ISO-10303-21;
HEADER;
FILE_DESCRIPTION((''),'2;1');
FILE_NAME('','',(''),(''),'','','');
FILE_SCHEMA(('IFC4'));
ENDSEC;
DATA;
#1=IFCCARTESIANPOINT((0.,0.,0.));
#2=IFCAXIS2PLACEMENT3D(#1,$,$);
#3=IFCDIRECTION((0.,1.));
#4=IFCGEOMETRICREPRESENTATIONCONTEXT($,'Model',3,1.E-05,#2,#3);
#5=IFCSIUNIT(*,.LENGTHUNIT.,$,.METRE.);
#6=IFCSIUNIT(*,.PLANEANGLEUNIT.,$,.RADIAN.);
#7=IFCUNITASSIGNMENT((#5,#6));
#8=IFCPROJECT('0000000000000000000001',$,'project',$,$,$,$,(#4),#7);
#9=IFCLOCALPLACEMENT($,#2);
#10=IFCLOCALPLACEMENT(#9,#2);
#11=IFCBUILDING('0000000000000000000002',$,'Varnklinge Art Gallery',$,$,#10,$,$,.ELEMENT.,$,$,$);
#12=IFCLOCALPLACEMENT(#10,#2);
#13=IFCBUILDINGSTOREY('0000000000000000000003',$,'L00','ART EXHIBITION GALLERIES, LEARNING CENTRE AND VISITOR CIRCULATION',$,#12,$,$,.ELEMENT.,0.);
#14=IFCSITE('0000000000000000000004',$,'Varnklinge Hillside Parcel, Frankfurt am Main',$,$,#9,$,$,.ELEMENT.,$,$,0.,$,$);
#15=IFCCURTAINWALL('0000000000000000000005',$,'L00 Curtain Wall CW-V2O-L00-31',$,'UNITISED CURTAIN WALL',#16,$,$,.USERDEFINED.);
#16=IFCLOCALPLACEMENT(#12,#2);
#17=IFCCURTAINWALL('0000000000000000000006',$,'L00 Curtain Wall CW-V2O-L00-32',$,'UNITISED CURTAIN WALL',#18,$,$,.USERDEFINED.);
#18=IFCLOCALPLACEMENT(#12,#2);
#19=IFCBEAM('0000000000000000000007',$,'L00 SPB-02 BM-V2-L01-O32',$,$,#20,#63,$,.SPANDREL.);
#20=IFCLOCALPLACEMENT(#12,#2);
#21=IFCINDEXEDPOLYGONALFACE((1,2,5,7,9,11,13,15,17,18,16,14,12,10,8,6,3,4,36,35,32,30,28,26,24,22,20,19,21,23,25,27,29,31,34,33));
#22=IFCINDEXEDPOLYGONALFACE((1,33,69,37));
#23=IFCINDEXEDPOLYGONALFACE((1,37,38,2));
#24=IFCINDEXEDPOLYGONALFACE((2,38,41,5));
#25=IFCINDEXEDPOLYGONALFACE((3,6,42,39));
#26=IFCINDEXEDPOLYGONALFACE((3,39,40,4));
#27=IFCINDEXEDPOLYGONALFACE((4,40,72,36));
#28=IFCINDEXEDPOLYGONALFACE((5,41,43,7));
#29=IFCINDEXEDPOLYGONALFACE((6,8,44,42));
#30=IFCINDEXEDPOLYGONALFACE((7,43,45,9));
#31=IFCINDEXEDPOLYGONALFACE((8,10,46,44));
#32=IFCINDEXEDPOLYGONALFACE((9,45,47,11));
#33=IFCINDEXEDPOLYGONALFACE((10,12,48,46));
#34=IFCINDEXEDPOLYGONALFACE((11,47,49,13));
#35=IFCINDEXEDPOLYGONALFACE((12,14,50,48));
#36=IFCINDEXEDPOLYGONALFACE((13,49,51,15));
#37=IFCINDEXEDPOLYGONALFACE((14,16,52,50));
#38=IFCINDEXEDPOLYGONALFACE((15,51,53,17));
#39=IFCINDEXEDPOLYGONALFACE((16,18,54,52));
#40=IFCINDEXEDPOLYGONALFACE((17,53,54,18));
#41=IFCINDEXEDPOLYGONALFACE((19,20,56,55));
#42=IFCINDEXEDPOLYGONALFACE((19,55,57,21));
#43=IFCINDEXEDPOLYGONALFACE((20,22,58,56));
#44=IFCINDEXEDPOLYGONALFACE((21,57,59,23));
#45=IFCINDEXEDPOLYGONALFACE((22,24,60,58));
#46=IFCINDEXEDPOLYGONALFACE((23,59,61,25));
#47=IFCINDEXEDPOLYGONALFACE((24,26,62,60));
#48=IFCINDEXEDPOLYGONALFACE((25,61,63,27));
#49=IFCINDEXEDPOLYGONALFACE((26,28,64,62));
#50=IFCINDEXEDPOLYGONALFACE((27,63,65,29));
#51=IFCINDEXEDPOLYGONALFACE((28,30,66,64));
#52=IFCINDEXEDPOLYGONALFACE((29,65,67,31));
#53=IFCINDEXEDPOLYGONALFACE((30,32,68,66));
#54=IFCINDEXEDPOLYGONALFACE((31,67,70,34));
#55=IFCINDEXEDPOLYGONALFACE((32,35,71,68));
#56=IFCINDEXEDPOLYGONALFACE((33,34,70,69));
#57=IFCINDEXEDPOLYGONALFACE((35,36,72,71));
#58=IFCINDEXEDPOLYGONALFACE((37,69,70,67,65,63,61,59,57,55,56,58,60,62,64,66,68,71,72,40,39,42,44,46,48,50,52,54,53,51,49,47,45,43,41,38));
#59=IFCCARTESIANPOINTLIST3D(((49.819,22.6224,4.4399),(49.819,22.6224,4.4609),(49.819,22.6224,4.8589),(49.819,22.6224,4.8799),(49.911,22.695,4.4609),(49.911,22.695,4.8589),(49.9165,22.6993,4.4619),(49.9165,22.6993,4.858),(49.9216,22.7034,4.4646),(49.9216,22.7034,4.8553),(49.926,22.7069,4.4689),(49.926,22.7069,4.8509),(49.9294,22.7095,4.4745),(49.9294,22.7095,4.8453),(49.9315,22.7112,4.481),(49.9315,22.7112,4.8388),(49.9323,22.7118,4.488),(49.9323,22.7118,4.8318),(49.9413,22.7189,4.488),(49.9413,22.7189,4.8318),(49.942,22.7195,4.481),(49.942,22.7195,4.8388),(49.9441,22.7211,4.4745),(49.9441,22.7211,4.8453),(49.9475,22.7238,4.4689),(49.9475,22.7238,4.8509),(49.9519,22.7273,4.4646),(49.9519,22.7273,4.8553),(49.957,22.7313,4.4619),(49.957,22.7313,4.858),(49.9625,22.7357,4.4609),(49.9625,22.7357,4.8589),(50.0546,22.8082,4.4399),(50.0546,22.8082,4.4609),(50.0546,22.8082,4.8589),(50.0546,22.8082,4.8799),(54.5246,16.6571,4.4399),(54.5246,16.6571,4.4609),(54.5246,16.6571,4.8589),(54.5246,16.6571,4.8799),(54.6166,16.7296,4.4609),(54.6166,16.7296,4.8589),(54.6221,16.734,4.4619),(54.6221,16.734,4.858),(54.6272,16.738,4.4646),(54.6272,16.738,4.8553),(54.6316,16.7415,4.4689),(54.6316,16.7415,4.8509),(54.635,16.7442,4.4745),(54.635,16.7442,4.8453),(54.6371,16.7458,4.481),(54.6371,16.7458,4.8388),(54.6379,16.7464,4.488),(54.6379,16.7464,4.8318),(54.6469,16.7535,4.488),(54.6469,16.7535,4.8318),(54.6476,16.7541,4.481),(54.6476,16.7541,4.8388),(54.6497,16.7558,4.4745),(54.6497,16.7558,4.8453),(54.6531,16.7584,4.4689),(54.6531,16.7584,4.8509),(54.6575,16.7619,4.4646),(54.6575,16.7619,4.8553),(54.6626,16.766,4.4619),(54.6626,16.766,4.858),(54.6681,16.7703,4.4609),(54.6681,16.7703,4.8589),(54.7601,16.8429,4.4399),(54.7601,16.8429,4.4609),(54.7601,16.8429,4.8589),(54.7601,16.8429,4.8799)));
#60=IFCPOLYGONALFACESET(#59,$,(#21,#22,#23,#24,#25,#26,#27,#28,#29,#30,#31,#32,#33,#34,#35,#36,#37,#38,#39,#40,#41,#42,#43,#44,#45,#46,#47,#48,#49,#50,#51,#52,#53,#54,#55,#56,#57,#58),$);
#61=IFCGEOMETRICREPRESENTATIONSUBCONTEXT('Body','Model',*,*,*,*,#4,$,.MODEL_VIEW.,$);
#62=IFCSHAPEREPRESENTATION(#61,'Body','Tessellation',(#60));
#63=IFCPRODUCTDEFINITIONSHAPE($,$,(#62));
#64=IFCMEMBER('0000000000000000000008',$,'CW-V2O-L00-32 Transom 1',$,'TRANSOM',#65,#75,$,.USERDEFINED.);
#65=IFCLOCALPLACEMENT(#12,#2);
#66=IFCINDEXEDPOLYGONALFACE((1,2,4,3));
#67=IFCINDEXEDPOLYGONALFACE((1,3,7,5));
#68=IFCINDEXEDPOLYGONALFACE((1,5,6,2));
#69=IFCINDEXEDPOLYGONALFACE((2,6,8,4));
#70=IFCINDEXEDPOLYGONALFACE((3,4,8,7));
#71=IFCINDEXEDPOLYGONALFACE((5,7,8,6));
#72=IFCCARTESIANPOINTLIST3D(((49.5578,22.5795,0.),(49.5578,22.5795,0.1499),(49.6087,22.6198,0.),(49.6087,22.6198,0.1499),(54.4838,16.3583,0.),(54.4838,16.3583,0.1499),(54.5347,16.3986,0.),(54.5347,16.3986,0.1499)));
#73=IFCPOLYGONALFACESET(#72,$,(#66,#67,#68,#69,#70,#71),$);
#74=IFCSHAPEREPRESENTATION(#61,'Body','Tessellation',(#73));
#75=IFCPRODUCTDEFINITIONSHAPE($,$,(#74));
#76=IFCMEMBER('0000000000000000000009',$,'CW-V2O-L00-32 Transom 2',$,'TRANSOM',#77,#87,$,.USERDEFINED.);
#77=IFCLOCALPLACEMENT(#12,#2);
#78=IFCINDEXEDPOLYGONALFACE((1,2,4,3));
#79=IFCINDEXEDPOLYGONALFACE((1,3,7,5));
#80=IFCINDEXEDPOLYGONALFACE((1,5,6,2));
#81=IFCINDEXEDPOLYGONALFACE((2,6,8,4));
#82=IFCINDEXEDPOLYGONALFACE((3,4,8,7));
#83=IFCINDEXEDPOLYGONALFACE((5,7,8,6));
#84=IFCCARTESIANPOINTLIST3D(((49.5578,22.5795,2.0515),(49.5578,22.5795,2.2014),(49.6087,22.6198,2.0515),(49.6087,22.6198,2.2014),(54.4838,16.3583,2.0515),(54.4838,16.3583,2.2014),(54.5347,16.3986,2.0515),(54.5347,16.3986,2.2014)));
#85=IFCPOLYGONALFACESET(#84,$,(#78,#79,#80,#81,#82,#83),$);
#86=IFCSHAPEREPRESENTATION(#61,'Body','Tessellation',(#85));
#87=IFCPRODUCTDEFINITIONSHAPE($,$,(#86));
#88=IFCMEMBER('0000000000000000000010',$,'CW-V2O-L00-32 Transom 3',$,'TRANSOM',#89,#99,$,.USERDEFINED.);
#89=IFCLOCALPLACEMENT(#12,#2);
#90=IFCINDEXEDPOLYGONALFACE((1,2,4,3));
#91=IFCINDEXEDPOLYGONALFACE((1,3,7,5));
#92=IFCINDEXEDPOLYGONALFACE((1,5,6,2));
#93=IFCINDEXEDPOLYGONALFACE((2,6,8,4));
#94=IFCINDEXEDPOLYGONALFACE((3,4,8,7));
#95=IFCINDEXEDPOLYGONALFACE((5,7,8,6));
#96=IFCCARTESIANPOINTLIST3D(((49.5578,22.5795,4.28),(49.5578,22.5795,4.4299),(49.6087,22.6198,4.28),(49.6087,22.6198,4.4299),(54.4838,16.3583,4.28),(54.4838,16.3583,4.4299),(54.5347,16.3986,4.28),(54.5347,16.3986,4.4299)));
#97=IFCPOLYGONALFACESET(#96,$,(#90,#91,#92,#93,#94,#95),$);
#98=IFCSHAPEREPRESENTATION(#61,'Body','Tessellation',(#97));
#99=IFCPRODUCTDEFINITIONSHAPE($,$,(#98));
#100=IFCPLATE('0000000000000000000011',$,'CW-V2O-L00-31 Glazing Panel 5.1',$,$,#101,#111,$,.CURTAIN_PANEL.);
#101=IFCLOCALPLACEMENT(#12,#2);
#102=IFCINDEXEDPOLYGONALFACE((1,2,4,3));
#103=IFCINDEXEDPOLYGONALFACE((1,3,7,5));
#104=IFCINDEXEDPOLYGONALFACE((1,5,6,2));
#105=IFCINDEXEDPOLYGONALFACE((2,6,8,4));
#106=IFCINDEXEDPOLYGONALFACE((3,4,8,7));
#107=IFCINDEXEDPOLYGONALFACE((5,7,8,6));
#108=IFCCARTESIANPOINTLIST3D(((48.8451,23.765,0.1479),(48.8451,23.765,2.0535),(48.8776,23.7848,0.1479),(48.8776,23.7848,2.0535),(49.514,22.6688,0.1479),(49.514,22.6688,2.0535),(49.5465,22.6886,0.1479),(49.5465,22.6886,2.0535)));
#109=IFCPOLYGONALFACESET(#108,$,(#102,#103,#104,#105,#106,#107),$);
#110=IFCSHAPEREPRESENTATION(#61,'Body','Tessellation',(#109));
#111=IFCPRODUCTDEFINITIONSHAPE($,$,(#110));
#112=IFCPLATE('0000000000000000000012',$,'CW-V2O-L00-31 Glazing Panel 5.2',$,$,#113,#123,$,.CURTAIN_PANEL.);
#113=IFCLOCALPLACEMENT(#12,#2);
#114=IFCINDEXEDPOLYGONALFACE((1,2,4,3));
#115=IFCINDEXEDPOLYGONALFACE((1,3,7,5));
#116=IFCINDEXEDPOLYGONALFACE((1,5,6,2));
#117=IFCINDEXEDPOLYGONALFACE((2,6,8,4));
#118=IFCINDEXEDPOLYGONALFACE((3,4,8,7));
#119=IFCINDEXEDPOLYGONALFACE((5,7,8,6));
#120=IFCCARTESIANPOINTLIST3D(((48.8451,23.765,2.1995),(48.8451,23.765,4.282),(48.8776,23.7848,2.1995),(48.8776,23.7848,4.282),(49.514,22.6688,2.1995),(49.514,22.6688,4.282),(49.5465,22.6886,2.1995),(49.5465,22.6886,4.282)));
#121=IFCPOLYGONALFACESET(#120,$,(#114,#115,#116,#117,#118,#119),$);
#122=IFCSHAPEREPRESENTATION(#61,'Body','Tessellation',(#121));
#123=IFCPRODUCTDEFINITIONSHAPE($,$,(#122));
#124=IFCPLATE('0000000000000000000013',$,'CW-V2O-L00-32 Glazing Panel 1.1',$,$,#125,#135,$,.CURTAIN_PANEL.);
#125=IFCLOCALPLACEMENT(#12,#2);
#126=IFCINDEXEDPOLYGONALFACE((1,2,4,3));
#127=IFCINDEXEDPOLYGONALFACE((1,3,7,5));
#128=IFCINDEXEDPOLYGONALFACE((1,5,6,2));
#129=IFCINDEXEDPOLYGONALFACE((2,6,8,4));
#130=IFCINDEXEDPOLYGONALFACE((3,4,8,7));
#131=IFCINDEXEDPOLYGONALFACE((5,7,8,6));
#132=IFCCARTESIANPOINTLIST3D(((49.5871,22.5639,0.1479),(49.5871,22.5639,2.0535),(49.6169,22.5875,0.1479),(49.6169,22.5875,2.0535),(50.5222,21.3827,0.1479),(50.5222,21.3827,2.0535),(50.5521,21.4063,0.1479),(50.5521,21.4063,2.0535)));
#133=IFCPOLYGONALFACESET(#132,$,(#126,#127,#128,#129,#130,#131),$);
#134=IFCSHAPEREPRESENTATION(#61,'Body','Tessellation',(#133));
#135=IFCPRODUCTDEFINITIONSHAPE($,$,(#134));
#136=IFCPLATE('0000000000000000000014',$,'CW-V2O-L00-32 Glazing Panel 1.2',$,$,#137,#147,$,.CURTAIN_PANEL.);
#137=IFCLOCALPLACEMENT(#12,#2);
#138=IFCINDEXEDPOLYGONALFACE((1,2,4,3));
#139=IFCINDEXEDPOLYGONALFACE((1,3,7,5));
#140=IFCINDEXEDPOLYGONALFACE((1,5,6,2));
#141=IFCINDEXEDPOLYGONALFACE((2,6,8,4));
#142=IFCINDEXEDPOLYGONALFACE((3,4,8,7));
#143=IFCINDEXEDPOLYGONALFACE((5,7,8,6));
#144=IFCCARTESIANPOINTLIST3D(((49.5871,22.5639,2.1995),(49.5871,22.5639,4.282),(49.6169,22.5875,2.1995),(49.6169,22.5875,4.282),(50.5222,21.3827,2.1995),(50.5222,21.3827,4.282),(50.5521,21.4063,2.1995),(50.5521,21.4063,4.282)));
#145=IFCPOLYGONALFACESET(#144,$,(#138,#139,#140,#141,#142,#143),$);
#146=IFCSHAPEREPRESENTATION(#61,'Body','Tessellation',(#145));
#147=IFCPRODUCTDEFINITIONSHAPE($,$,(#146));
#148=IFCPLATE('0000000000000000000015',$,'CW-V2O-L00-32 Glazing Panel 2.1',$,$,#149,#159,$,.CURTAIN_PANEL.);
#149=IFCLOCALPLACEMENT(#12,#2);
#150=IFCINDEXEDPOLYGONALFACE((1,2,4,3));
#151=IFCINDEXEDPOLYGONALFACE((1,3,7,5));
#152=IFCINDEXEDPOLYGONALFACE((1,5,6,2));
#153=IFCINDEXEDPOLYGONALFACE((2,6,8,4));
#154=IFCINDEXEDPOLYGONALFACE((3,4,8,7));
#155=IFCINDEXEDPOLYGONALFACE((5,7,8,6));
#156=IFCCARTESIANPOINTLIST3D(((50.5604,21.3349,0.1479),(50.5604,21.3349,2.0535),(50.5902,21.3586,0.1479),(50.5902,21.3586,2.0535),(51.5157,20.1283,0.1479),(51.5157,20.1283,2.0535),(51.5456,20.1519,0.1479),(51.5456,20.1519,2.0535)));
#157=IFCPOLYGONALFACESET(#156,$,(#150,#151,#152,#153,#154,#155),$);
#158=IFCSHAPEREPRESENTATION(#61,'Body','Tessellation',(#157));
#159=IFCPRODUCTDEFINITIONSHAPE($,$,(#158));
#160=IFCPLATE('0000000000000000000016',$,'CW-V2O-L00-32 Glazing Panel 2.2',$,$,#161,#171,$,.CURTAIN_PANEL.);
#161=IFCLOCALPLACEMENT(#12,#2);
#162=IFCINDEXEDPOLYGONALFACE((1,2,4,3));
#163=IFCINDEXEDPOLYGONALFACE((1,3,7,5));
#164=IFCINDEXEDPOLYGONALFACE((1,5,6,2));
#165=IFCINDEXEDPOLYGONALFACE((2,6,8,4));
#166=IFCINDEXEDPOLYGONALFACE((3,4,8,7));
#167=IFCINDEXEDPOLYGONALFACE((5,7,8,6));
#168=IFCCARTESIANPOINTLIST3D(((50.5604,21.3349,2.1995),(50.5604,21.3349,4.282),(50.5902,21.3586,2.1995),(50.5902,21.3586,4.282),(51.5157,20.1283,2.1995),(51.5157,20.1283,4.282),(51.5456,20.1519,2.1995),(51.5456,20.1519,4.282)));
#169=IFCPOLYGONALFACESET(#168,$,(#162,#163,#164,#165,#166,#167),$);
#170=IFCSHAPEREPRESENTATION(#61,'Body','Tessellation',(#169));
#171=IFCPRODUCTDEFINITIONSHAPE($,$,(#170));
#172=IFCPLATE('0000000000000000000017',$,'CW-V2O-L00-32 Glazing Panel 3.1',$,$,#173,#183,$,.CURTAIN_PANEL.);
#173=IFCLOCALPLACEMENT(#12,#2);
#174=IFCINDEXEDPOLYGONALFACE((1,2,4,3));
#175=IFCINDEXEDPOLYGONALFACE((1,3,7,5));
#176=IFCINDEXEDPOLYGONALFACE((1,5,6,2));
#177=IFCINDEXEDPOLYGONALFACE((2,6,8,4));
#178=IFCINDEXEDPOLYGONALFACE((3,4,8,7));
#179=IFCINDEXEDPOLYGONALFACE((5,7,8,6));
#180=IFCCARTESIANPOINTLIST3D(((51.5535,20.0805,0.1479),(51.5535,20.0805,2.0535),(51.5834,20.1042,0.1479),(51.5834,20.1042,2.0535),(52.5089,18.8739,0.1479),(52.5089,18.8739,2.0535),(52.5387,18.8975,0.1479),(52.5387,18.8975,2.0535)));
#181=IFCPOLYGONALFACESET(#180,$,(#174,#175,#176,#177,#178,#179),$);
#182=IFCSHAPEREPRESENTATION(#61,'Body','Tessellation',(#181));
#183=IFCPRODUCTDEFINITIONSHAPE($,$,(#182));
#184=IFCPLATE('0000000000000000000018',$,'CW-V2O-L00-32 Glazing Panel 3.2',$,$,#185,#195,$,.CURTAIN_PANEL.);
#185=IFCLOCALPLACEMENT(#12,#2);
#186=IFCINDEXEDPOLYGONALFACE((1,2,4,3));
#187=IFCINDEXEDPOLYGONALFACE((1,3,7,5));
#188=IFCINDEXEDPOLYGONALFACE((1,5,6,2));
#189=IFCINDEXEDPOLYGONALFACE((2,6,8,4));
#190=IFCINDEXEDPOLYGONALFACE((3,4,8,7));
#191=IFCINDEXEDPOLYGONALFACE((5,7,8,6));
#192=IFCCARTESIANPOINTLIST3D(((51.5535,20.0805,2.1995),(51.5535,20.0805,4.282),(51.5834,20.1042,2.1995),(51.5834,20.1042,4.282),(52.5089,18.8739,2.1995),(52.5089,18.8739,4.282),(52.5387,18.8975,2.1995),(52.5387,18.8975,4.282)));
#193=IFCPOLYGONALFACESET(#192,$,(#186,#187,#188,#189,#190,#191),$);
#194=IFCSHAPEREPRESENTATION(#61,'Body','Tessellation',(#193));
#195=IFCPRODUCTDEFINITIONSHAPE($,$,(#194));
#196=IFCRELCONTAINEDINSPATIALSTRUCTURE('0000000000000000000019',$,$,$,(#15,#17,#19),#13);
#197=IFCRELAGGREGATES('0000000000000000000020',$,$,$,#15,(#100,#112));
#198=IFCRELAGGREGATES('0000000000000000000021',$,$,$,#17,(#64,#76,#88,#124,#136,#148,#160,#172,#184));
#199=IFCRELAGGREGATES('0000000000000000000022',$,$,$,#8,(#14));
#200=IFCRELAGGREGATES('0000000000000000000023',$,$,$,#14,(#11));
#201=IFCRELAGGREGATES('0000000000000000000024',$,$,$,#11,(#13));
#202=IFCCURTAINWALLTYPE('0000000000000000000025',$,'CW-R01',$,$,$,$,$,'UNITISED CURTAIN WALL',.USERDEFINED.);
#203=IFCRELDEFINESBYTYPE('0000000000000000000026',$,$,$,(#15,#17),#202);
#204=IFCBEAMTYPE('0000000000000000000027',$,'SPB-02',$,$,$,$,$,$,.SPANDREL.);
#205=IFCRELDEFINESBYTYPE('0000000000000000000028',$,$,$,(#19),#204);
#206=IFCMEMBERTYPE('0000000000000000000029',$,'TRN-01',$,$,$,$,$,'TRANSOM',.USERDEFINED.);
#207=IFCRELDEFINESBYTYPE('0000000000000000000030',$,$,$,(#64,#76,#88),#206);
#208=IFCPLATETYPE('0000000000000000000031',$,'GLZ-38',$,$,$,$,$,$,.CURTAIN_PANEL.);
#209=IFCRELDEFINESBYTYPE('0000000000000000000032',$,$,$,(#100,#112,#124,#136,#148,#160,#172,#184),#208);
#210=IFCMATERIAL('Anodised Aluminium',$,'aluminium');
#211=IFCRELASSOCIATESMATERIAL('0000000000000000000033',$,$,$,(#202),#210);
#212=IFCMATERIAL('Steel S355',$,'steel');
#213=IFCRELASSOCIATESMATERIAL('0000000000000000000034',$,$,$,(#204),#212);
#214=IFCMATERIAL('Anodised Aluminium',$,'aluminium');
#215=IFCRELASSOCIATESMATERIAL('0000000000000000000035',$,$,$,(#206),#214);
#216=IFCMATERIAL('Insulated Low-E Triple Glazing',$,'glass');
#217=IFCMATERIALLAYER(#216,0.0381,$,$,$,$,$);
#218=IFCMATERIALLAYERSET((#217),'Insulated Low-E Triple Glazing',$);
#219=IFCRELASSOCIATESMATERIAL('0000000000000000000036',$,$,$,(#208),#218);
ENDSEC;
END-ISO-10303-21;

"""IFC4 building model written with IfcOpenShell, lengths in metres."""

from ifc_helpers import new_model, si_unit, direction, frame, origin, origin_2d, place, context, subcontext, project, spatial, rectangle, i_section, extrude, material, layer, layer_set, material_profile, profile_set, type_object, element, aggregate, save


model = new_model("IFC4")

# Units and contexts
model_context = context("Model", 3, precision=1e-05, world=origin(), true_north=direction((0.0, 1.0)))
body_context = subcontext(model_context, "Body", "Model", "MODEL_VIEW")
ifc_project = project(units=[si_unit("LENGTHUNIT", "METRE"), si_unit("PLANEANGLEUNIT", "RADIAN")], contexts=[model_context])

# Site, building, storey
site_placement = place(None, origin())
site = spatial("IfcSite", under=ifc_project, at=site_placement, Name="Varnklinge Hillside Parcel, Frankfurt am Main", CompositionType="ELEMENT", RefElevation=0.0)
building_placement = place(site_placement, origin())
building = spatial("IfcBuilding", under=site, at=building_placement, Name="Varnklinge Art Gallery", CompositionType="ELEMENT")
storey_placement = place(building_placement, origin())
storey = spatial("IfcBuildingStorey", under=building, at=storey_placement, Name="L00", Description="ART EXHIBITION GALLERIES, LEARNING CENTRE AND VISITOR CIRCULATION", CompositionType="ELEMENT", Elevation=0.0)

# Curtain wall
ifc_material_1 = material(Name="Anodised Aluminium", Category="aluminium")
curtain_wall_type = type_object("IfcCurtainWallType", Name="CW-R01", ElementType="UNITISED CURTAIN WALL", PredefinedType="USERDEFINED", material=ifc_material_1)
curtain_wall_1_placement = place(storey_placement, origin())
curtain_wall_1 = element("IfcCurtainWall", 1, at=curtain_wall_1_placement, inside=storey, type_object=curtain_wall_type, Name="L00 Curtain Wall CW-V2O-L00-31", ObjectType="UNITISED CURTAIN WALL", PredefinedType="USERDEFINED")

# Curtain wall
curtain_wall_2_placement = place(storey_placement, origin())
curtain_wall_2 = element("IfcCurtainWall", 2, at=curtain_wall_2_placement, inside=storey, type_object=curtain_wall_type, Name="L00 Curtain Wall CW-V2O-L00-32", ObjectType="UNITISED CURTAIN WALL", PredefinedType="USERDEFINED")

# Beam
ifc_material_2 = material(Name="Steel S355", Category="steel")
ifc_material_profile_1 = material_profile(ifc_material_2, i_section(OverallWidth=0.3, OverallDepth=0.4399, WebThickness=0.0115, FlangeThickness=0.021, FilletRadius=0.0271, at=origin_2d()), Name="HEA 450")
ifc_profile_set_1 = profile_set([ifc_material_profile_1], Name="Steel S355")
beam_type_1 = type_object("IfcBeamType", Name="SPB-02", PredefinedType="SPANDREL", material=ifc_profile_set_1)
beam_1_placement = place(storey_placement, frame((49.9368, 22.7153, 4.6599), z_axis=(0.619328, -0.785133, 0.0), x_axis=(0.785133, 0.619328, 0.0)))
element("IfcBeam", 3, at=beam_1_placement, inside=storey, type_object=beam_type_1, Name="L00 SPB-02 BM-V2-L01-O32", PredefinedType="SPANDREL", context=body_context, shape_type="SweptSolid", body=[
    extrude(i_section(OverallWidth=0.3, OverallDepth=0.4399, WebThickness=0.0115, FlangeThickness=0.021, FilletRadius=0.0271, at=origin_2d()), origin(), (0.0, 0.0, 1.0), 7.5979),
])

# Members
ifc_material_3 = material(Name="Anodised Aluminium", Category="aluminium")
ifc_material_profile_2 = material_profile(ifc_material_3, rectangle(XDim=0.0649, YDim=0.1499, at=origin_2d()), Name="ALU 65x150")
ifc_profile_set_2 = profile_set([ifc_material_profile_2], Name="Anodised Aluminium")
member_type_1 = type_object("IfcMemberType", Name="TRN-01", ElementType="TRANSOM", PredefinedType="USERDEFINED", material=ifc_profile_set_2)
member_1_placement = place(storey_placement, frame((49.5833, 22.5996, 0.075), z_axis=(0.620774, -0.78399, 0.0), x_axis=(0.78399, 0.620774, 0.0)))
member_1 = element("IfcMember", 4, at=member_1_placement, type_object=member_type_1, Name="CW-V2O-L00-32 Transom 1", ObjectType="TRANSOM", PredefinedType="USERDEFINED", context=body_context, shape_type="SweptSolid", body=[
    extrude(rectangle(XDim=0.0649, YDim=0.1499, at=origin_2d()), origin(), (0.0, 0.0, 1.0), 7.9353),
])
member_2_placement = place(storey_placement, frame((49.5833, 22.5996, 2.1265), z_axis=(0.620774, -0.78399, 0.0), x_axis=(0.78399, 0.620774, 0.0)))
member_2 = element("IfcMember", 5, at=member_2_placement, type_object=member_type_1, Name="CW-V2O-L00-32 Transom 2", ObjectType="TRANSOM", PredefinedType="USERDEFINED", context=body_context, shape_type="SweptSolid", body=[
    extrude(rectangle(XDim=0.0649, YDim=0.1499, at=origin_2d()), origin(), (0.0, 0.0, 1.0), 7.9353),
])
member_3_placement = place(storey_placement, frame((49.5833, 22.5996, 4.355), z_axis=(0.620774, -0.78399, 0.0), x_axis=(0.78399, 0.620774, 0.0)))
member_3 = element("IfcMember", 6, at=member_3_placement, type_object=member_type_1, Name="CW-V2O-L00-32 Transom 3", ObjectType="TRANSOM", PredefinedType="USERDEFINED", context=body_context, shape_type="SweptSolid", body=[
    extrude(rectangle(XDim=0.0649, YDim=0.1499, at=origin_2d()), origin(), (0.0, 0.0, 1.0), 7.9353),
])

# Plates
ifc_material_4 = material(Name="Insulated Low-E Triple Glazing", Category="glass")
ifc_layer_1 = layer(ifc_material_4, 0.0381)
ifc_layer_set_1 = layer_set([ifc_layer_1], Name="Insulated Low-E Triple Glazing")
plate_type = type_object("IfcPlateType", Name="GLZ-38", PredefinedType="CURTAIN_PANEL", material=ifc_layer_set_1)
plate_1_placement = place(storey_placement, frame((49.1958, 23.2268, 0.1479), z_axis=(0.0, 0.0, 1.0), x_axis=(0.520861, -0.853642, 0.0)))
plate_1 = element("IfcPlate", 7, at=plate_1_placement, type_object=plate_type, Name="CW-V2O-L00-31 Glazing Panel 5.1", PredefinedType="CURTAIN_PANEL", context=body_context, shape_type="SweptSolid", body=[
    extrude(rectangle(XDim=1.2842, YDim=0.0381, at=origin_2d()), origin(), (0.0, 0.0, 1.0), 1.9055),
])
plate_2_placement = place(storey_placement, frame((49.1958, 23.2268, 2.1995), z_axis=(0.0, 0.0, 1.0), x_axis=(0.520861, -0.853642, 0.0)))
plate_2 = element("IfcPlate", 8, at=plate_2_placement, type_object=plate_type, Name="CW-V2O-L00-31 Glazing Panel 5.2", PredefinedType="CURTAIN_PANEL", context=body_context, shape_type="SweptSolid", body=[
    extrude(rectangle(XDim=1.2842, YDim=0.0381, at=origin_2d()), origin(), (0.0, 0.0, 1.0), 2.0825),
])
aggregate(curtain_wall_1, [plate_1, plate_2])
plate_3_placement = place(storey_placement, frame((50.0696, 21.9851, 0.1479), z_axis=(0.0, 0.0, 1.0), x_axis=(0.620737, -0.784019, 0.0)))
plate_3 = element("IfcPlate", 9, at=plate_3_placement, type_object=plate_type, Name="CW-V2O-L00-32 Glazing Panel 1.1", PredefinedType="CURTAIN_PANEL", context=body_context, shape_type="SweptSolid", body=[
    extrude(rectangle(XDim=1.5066, YDim=0.0381, at=origin_2d()), origin(), (0.0, 0.0, 1.0), 1.9055),
])
plate_4_placement = place(storey_placement, frame((50.0696, 21.9851, 2.1995), z_axis=(0.0, 0.0, 1.0), x_axis=(0.620737, -0.784019, 0.0)))
plate_4 = element("IfcPlate", 10, at=plate_4_placement, type_object=plate_type, Name="CW-V2O-L00-32 Glazing Panel 1.2", PredefinedType="CURTAIN_PANEL", context=body_context, shape_type="SweptSolid", body=[
    extrude(rectangle(XDim=1.5066, YDim=0.0381, at=origin_2d()), origin(), (0.0, 0.0, 1.0), 2.0825),
])
plate_5_placement = place(storey_placement, frame((51.053, 20.7434, 0.1479), z_axis=(0.0, 0.0, 1.0), x_axis=(0.620737, -0.784019, 0.0)))
plate_5 = element("IfcPlate", 11, at=plate_5_placement, type_object=plate_type, Name="CW-V2O-L00-32 Glazing Panel 2.1", PredefinedType="CURTAIN_PANEL", context=body_context, shape_type="SweptSolid", body=[
    extrude(rectangle(XDim=1.5391, YDim=0.0381, at=origin_2d()), origin(), (0.0, 0.0, 1.0), 1.9055),
])
plate_6_placement = place(storey_placement, frame((51.053, 20.7434, 2.1995), z_axis=(0.0, 0.0, 1.0), x_axis=(0.620737, -0.784019, 0.0)))
plate_6 = element("IfcPlate", 12, at=plate_6_placement, type_object=plate_type, Name="CW-V2O-L00-32 Glazing Panel 2.2", PredefinedType="CURTAIN_PANEL", context=body_context, shape_type="SweptSolid", body=[
    extrude(rectangle(XDim=1.5391, YDim=0.0381, at=origin_2d()), origin(), (0.0, 0.0, 1.0), 2.0825),
])
plate_7_placement = place(storey_placement, frame((52.0461, 19.489, 0.1479), z_axis=(0.0, 0.0, 1.0), x_axis=(0.620737, -0.784019, 0.0)))
plate_7 = element("IfcPlate", 13, at=plate_7_placement, type_object=plate_type, Name="CW-V2O-L00-32 Glazing Panel 3.1", PredefinedType="CURTAIN_PANEL", context=body_context, shape_type="SweptSolid", body=[
    extrude(rectangle(XDim=1.5391, YDim=0.0381, at=origin_2d()), origin(), (0.0, 0.0, 1.0), 1.9055),
])
plate_8_placement = place(storey_placement, frame((52.0461, 19.489, 2.1995), z_axis=(0.0, 0.0, 1.0), x_axis=(0.620737, -0.784019, 0.0)))
plate_8 = element("IfcPlate", 14, at=plate_8_placement, type_object=plate_type, Name="CW-V2O-L00-32 Glazing Panel 3.2", PredefinedType="CURTAIN_PANEL", context=body_context, shape_type="SweptSolid", body=[
    extrude(rectangle(XDim=1.5391, YDim=0.0381, at=origin_2d()), origin(), (0.0, 0.0, 1.0), 2.0825),
])
aggregate(curtain_wall_2, [member_1, member_2, member_3, plate_3, plate_4, plate_5, plate_6, plate_7, plate_8])

save(model, "model.ifc")
